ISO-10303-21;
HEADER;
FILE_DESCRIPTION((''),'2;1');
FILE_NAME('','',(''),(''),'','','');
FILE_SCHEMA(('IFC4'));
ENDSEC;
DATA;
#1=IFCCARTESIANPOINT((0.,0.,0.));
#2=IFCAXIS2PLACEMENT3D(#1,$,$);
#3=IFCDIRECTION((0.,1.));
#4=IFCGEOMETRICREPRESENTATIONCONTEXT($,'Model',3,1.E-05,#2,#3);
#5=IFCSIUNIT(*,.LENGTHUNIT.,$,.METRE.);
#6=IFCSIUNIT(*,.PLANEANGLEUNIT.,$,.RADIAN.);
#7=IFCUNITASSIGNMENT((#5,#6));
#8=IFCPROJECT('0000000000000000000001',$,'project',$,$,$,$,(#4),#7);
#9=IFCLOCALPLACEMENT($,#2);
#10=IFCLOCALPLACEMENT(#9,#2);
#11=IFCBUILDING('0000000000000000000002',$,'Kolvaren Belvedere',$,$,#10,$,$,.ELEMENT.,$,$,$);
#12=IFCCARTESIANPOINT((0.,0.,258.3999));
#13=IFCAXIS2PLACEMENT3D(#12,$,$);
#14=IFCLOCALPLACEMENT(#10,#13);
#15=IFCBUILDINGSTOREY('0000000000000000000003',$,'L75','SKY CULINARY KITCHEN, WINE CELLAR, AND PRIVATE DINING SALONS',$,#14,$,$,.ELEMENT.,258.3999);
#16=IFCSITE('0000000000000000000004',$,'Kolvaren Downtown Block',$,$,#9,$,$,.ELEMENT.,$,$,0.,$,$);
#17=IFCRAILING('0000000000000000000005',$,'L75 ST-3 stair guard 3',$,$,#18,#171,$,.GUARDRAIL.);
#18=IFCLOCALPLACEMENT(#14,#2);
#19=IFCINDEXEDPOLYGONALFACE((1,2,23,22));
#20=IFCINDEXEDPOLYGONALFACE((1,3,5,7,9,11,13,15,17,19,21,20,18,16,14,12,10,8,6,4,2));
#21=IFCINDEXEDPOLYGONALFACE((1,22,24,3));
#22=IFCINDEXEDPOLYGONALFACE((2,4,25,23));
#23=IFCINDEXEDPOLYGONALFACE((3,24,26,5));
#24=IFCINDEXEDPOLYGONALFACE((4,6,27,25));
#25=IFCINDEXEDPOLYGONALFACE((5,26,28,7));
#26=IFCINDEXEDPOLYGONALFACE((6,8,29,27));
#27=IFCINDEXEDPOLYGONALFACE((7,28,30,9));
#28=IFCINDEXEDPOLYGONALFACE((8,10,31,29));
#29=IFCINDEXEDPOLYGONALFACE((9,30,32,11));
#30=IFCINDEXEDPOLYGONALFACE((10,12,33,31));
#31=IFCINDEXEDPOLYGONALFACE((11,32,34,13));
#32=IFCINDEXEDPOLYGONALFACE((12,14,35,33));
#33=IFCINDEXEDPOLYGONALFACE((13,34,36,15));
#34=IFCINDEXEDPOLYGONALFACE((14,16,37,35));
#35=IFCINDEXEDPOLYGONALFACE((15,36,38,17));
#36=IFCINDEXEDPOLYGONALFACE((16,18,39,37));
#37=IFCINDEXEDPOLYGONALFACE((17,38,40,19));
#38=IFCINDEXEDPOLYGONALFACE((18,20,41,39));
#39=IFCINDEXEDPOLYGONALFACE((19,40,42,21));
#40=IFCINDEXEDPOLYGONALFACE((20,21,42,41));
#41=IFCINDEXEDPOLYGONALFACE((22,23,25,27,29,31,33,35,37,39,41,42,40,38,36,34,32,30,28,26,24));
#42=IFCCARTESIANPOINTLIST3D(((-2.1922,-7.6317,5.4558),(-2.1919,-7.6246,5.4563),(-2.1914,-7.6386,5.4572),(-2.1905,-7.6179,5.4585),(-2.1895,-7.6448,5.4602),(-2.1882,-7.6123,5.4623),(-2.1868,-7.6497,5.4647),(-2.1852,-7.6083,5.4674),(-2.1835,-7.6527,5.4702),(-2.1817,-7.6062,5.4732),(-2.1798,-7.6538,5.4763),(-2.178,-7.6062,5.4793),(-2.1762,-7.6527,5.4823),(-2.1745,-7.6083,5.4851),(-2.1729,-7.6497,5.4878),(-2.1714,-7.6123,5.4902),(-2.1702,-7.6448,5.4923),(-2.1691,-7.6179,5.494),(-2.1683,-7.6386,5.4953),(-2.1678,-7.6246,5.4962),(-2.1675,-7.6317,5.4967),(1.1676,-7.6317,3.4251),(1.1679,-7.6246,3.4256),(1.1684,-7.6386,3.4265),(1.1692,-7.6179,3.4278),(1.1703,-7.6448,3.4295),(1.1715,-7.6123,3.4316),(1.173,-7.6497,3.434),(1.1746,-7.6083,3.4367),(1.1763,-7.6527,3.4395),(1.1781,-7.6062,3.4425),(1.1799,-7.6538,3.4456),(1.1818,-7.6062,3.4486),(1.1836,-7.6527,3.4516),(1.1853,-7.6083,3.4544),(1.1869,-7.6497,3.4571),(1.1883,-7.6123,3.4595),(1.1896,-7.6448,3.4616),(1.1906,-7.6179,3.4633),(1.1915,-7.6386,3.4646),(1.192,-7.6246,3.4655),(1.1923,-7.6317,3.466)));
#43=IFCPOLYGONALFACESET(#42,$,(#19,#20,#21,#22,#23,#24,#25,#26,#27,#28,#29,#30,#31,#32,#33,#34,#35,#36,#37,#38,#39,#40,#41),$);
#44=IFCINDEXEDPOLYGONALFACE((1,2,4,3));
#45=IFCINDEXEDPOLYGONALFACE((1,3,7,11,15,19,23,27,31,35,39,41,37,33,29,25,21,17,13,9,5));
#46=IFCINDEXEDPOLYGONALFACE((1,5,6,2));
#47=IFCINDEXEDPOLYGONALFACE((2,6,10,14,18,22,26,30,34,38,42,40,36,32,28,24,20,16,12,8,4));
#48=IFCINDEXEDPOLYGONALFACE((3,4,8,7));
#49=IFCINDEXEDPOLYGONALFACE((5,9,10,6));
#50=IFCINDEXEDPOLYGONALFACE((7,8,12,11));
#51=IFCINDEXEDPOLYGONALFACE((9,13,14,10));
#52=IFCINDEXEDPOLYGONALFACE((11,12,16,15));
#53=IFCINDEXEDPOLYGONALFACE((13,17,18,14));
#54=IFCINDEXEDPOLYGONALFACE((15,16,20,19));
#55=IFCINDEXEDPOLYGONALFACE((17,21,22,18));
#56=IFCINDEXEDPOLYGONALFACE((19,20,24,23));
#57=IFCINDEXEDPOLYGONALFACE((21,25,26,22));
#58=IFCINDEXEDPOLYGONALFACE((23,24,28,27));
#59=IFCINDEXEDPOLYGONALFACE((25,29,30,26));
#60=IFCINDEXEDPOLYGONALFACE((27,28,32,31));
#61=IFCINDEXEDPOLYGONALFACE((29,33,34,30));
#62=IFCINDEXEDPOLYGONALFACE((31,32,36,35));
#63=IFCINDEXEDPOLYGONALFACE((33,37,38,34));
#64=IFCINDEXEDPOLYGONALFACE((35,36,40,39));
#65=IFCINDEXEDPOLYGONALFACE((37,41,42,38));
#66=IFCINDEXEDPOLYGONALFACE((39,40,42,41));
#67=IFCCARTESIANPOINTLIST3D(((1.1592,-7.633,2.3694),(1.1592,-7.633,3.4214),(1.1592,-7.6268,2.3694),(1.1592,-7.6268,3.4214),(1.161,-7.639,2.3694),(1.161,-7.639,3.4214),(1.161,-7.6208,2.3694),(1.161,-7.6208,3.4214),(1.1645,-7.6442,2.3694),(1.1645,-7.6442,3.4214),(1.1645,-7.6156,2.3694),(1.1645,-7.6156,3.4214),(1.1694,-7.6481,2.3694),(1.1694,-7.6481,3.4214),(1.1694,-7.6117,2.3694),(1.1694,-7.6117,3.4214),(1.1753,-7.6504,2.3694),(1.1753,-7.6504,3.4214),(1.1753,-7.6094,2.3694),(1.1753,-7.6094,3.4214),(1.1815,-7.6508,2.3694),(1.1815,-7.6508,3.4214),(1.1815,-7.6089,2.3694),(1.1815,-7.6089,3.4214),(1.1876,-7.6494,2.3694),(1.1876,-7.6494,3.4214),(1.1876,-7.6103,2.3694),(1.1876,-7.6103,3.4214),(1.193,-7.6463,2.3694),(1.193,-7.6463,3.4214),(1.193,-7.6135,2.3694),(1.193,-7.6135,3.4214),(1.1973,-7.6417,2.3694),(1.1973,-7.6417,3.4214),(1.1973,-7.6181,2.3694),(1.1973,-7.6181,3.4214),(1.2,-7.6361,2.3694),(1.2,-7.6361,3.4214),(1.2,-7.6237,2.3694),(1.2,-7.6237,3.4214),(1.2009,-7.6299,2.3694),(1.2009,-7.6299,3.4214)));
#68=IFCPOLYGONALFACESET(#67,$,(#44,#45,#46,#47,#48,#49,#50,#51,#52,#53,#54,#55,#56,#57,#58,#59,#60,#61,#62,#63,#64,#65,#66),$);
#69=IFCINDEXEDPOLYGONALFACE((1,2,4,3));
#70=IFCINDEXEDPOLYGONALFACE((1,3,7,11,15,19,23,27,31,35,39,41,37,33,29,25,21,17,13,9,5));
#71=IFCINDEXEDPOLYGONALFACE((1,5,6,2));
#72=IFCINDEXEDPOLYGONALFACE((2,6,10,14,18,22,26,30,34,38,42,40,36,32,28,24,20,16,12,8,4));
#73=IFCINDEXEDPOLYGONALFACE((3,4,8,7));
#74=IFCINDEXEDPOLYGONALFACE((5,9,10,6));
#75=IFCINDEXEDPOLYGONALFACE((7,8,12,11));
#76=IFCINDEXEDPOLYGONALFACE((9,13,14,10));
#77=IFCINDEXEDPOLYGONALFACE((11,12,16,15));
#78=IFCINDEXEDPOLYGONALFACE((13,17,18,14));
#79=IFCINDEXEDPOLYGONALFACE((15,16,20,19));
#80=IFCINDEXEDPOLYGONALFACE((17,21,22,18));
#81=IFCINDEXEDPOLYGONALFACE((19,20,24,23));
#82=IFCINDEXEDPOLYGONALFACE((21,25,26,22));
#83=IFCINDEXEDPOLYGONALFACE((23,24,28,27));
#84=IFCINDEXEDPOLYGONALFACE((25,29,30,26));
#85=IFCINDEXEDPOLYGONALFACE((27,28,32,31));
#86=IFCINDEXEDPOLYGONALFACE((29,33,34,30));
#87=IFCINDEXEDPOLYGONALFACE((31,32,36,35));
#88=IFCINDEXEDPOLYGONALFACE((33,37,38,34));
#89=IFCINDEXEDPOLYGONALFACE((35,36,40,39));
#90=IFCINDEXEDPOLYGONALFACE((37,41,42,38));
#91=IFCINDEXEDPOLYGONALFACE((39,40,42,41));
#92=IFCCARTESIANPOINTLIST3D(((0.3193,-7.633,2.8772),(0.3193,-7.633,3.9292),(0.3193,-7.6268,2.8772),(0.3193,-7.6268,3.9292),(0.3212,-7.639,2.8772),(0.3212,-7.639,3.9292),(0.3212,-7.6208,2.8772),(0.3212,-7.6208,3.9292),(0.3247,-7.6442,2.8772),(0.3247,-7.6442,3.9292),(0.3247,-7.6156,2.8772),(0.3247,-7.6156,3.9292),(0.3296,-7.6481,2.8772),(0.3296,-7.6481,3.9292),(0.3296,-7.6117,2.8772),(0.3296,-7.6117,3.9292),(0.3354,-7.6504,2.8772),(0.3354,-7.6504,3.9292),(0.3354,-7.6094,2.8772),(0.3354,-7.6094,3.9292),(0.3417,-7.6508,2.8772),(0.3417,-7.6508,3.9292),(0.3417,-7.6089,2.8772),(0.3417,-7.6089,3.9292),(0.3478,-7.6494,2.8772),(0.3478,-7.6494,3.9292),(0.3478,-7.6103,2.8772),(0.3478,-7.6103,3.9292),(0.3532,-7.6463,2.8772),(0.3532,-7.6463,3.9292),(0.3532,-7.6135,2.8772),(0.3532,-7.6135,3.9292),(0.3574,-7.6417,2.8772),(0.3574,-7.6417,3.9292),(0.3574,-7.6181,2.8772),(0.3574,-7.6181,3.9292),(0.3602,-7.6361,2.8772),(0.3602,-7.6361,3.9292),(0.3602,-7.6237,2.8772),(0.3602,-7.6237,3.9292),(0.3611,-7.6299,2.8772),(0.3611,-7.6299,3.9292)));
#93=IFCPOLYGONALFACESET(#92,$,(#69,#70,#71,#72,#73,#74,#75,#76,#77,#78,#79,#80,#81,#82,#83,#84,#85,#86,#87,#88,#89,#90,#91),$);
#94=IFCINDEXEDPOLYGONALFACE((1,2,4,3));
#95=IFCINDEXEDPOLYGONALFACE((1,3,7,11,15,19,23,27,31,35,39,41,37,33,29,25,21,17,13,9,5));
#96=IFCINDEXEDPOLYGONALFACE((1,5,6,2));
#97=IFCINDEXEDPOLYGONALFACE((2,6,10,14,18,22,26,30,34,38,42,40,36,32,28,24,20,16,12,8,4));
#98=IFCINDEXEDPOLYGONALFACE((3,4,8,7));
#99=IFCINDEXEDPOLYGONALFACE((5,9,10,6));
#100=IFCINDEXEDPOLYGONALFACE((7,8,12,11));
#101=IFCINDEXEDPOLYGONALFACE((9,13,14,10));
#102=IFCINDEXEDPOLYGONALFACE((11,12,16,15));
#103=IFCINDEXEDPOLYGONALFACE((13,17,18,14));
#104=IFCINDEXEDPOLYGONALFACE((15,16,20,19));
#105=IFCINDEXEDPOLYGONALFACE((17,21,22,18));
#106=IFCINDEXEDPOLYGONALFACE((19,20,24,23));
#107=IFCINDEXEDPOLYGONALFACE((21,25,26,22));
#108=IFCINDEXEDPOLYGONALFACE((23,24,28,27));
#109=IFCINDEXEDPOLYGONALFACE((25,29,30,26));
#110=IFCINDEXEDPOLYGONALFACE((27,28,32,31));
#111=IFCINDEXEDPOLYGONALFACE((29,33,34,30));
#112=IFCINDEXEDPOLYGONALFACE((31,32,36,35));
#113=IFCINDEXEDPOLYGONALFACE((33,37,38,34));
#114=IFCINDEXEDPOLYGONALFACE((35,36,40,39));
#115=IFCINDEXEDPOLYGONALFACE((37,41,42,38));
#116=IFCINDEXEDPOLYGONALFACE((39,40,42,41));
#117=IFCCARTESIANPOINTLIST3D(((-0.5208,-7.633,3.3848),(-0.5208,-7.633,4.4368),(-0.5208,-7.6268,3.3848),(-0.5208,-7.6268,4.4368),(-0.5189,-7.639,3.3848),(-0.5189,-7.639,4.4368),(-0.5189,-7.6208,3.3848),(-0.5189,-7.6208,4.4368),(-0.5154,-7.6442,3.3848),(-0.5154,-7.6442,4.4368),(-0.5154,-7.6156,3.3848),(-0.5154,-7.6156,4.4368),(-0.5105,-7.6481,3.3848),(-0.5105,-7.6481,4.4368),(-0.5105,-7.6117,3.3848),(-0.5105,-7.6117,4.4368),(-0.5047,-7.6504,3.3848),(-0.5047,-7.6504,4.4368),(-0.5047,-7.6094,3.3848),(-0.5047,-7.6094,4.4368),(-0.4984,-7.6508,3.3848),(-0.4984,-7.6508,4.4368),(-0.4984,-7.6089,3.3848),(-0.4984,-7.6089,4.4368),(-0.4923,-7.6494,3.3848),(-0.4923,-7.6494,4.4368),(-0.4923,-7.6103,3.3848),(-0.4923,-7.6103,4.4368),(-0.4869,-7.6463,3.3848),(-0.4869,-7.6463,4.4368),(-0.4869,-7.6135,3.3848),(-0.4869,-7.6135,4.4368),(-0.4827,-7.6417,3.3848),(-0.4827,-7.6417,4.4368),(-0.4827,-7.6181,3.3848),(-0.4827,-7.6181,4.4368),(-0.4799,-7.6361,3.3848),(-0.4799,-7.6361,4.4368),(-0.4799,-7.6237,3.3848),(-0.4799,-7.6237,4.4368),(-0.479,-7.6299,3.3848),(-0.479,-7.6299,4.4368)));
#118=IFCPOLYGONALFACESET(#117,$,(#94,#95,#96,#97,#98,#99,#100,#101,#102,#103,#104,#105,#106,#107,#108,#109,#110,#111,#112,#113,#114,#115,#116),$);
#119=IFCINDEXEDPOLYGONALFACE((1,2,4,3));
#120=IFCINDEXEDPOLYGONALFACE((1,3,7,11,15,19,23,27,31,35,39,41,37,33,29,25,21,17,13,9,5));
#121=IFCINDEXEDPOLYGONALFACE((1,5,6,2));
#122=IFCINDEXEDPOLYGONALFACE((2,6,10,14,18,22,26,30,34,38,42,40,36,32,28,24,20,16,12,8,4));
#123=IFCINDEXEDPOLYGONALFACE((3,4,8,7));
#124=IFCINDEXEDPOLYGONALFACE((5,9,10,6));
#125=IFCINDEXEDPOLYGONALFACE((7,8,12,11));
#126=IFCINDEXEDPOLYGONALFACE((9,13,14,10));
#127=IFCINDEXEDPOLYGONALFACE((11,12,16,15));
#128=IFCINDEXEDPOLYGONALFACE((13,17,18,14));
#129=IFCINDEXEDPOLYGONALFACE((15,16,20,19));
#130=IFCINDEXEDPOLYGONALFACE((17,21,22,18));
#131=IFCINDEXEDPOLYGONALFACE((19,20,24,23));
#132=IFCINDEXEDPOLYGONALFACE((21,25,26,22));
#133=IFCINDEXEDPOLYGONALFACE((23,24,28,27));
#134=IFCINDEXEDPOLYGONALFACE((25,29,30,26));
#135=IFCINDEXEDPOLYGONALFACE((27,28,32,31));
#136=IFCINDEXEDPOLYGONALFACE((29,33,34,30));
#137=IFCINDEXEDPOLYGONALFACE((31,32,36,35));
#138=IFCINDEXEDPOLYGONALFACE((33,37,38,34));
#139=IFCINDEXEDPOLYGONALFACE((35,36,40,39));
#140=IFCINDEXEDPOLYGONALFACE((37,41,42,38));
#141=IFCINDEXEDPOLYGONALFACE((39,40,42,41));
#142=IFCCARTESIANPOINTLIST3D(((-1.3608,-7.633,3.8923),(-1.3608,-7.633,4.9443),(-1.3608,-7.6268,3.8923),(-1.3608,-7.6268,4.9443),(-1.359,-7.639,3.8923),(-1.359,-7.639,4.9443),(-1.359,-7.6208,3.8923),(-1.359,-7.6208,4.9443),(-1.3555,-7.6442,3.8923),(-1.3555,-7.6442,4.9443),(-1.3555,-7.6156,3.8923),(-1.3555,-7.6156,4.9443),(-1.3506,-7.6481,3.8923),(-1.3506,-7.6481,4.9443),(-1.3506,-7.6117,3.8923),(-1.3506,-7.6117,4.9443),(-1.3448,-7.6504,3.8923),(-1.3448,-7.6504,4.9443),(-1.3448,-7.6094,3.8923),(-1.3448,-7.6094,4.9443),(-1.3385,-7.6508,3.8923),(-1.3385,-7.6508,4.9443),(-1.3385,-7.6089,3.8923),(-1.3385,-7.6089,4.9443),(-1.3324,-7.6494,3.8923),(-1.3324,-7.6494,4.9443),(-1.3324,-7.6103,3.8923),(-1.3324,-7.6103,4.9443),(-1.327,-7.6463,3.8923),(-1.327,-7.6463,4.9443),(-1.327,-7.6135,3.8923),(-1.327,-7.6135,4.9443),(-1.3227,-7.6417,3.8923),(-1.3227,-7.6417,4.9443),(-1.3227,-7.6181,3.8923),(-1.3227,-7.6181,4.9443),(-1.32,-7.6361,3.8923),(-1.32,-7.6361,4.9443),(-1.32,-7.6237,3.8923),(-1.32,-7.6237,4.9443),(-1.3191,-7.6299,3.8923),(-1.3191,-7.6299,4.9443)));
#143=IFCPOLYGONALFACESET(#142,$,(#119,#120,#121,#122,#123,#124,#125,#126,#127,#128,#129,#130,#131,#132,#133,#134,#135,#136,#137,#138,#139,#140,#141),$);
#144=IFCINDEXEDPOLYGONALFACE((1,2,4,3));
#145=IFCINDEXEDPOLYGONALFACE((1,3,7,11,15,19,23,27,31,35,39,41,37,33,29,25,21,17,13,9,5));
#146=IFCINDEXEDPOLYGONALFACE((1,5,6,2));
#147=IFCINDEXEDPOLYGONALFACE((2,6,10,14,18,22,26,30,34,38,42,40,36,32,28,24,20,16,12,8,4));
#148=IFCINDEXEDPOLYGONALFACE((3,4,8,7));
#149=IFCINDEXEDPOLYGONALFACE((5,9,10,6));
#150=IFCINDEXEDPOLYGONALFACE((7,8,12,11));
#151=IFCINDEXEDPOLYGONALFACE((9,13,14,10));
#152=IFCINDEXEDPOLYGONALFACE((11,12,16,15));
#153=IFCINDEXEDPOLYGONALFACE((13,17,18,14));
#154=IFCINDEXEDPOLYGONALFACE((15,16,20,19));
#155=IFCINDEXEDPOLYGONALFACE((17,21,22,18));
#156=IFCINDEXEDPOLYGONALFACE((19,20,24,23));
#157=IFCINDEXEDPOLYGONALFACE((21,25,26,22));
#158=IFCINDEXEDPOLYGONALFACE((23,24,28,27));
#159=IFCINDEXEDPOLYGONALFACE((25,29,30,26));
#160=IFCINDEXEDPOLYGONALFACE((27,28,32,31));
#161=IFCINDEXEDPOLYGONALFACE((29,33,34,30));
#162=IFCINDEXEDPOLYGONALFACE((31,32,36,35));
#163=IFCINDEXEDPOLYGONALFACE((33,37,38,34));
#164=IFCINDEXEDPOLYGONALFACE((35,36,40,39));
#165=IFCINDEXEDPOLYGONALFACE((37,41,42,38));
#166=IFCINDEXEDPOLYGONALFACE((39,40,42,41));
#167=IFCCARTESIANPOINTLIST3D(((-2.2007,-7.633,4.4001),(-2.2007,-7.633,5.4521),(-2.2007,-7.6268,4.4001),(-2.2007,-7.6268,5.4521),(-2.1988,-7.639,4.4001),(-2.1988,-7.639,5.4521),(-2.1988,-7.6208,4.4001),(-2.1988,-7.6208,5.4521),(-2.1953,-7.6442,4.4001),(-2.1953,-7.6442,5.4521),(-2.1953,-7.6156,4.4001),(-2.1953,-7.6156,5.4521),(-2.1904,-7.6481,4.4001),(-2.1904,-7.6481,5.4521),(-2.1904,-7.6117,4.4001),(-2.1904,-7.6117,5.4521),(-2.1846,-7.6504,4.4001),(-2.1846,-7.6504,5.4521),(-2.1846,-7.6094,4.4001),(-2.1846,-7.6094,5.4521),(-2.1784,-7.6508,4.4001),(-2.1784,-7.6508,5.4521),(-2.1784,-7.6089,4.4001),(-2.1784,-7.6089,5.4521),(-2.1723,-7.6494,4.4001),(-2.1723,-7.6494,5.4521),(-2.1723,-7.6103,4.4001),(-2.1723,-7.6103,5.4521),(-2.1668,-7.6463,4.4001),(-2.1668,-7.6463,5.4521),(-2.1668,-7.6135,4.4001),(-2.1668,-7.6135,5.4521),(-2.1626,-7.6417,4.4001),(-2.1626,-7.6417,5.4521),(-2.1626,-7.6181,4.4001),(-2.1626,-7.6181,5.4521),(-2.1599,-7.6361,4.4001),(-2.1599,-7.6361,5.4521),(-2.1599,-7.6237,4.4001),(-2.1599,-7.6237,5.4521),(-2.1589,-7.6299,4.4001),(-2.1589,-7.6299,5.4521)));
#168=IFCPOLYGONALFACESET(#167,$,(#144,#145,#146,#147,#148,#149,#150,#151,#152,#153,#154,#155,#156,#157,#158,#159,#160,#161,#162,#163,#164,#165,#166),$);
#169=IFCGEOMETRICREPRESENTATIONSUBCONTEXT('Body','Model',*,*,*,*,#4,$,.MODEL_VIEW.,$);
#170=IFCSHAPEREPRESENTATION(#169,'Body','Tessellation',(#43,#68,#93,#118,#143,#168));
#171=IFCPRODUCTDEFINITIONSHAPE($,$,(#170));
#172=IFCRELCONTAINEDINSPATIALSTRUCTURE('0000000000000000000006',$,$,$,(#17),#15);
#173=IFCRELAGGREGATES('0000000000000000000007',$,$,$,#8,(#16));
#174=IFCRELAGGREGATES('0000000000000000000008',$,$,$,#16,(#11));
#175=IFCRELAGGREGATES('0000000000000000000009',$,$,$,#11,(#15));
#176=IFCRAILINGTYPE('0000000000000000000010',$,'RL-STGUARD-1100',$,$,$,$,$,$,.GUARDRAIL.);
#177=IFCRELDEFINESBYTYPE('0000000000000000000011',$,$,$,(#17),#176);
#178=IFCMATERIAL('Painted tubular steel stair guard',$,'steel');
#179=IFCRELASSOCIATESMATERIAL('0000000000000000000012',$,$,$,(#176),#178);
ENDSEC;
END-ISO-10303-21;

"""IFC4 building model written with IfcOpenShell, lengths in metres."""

from ifc_helpers import new_model, si_unit, direction, frame, origin, origin_2d, place, context, subcontext, project, spatial, circle, extrude, material, type_object, element, save


model = new_model("IFC4")

# Units and contexts
model_context = context("Model", 3, precision=1e-05, world=origin(), true_north=direction((0.0, 1.0)))
body_context = subcontext(model_context, "Body", "Model", "MODEL_VIEW")
ifc_project = project(units=[si_unit("LENGTHUNIT", "METRE"), si_unit("PLANEANGLEUNIT", "RADIAN")], contexts=[model_context])

# Site, building, storey
site_placement = place(None, origin())
site = spatial("IfcSite", under=ifc_project, at=site_placement, Name="Kolvaren Downtown Block", CompositionType="ELEMENT", RefElevation=0.0)
building_placement = place(site_placement, origin())
building = spatial("IfcBuilding", under=site, at=building_placement, Name="Kolvaren Belvedere", CompositionType="ELEMENT")
storey_placement = place(building_placement, frame((0.0, 0.0, 258.3999)))
storey = spatial("IfcBuildingStorey", under=building, at=storey_placement, Name="L75", Description="SKY CULINARY KITCHEN, WINE CELLAR, AND PRIVATE DINING SALONS", CompositionType="ELEMENT", Elevation=258.3999)

# Railing
ifc_material_1 = material(Name="Painted tubular steel stair guard", Category="steel")
railing_type_1 = type_object("IfcRailingType", Name="RL-STGUARD-1100", PredefinedType="GUARDRAIL", material=ifc_material_1)
railing_1_placement = place(storey_placement, frame((1.1799, -7.6299, 2.3694)))
element("IfcRailing", 1, at=railing_1_placement, inside=storey, type_object=railing_type_1, Name="L75 ST-3 stair guard 3", PredefinedType="GUARDRAIL", context=body_context, shape_type="SweptSolid", body=[
    extrude(circle(Radius=0.0239, at=origin_2d()), frame((0.0, 0.0, 1.0762), z_axis=(-0.85582, 0.0, 0.517273), x_axis=(0.0, -1.0, 0.0)), (0.0, 0.0, 1.0), 3.9258),
    extrude(circle(Radius=0.021, at=origin_2d()), origin(), (0.0, 0.0, 1.0), 1.052),
    extrude(circle(Radius=0.021, at=origin_2d()), frame((-0.8398, 0.0, 0.5078)), (0.0, 0.0, 1.0), 1.052),
    extrude(circle(Radius=0.021, at=origin_2d()), frame((-1.6799, 0.0, 1.0154)), (0.0, 0.0, 1.0), 1.052),
    extrude(circle(Radius=0.021, at=origin_2d()), frame((-2.52, 0.0, 1.5229)), (0.0, 0.0, 1.0), 1.052),
    extrude(circle(Radius=0.021, at=origin_2d()), frame((-3.3599, 0.0, 2.0308)), (0.0, 0.0, 1.0), 1.052),
])

save(model, "model.ifc")
